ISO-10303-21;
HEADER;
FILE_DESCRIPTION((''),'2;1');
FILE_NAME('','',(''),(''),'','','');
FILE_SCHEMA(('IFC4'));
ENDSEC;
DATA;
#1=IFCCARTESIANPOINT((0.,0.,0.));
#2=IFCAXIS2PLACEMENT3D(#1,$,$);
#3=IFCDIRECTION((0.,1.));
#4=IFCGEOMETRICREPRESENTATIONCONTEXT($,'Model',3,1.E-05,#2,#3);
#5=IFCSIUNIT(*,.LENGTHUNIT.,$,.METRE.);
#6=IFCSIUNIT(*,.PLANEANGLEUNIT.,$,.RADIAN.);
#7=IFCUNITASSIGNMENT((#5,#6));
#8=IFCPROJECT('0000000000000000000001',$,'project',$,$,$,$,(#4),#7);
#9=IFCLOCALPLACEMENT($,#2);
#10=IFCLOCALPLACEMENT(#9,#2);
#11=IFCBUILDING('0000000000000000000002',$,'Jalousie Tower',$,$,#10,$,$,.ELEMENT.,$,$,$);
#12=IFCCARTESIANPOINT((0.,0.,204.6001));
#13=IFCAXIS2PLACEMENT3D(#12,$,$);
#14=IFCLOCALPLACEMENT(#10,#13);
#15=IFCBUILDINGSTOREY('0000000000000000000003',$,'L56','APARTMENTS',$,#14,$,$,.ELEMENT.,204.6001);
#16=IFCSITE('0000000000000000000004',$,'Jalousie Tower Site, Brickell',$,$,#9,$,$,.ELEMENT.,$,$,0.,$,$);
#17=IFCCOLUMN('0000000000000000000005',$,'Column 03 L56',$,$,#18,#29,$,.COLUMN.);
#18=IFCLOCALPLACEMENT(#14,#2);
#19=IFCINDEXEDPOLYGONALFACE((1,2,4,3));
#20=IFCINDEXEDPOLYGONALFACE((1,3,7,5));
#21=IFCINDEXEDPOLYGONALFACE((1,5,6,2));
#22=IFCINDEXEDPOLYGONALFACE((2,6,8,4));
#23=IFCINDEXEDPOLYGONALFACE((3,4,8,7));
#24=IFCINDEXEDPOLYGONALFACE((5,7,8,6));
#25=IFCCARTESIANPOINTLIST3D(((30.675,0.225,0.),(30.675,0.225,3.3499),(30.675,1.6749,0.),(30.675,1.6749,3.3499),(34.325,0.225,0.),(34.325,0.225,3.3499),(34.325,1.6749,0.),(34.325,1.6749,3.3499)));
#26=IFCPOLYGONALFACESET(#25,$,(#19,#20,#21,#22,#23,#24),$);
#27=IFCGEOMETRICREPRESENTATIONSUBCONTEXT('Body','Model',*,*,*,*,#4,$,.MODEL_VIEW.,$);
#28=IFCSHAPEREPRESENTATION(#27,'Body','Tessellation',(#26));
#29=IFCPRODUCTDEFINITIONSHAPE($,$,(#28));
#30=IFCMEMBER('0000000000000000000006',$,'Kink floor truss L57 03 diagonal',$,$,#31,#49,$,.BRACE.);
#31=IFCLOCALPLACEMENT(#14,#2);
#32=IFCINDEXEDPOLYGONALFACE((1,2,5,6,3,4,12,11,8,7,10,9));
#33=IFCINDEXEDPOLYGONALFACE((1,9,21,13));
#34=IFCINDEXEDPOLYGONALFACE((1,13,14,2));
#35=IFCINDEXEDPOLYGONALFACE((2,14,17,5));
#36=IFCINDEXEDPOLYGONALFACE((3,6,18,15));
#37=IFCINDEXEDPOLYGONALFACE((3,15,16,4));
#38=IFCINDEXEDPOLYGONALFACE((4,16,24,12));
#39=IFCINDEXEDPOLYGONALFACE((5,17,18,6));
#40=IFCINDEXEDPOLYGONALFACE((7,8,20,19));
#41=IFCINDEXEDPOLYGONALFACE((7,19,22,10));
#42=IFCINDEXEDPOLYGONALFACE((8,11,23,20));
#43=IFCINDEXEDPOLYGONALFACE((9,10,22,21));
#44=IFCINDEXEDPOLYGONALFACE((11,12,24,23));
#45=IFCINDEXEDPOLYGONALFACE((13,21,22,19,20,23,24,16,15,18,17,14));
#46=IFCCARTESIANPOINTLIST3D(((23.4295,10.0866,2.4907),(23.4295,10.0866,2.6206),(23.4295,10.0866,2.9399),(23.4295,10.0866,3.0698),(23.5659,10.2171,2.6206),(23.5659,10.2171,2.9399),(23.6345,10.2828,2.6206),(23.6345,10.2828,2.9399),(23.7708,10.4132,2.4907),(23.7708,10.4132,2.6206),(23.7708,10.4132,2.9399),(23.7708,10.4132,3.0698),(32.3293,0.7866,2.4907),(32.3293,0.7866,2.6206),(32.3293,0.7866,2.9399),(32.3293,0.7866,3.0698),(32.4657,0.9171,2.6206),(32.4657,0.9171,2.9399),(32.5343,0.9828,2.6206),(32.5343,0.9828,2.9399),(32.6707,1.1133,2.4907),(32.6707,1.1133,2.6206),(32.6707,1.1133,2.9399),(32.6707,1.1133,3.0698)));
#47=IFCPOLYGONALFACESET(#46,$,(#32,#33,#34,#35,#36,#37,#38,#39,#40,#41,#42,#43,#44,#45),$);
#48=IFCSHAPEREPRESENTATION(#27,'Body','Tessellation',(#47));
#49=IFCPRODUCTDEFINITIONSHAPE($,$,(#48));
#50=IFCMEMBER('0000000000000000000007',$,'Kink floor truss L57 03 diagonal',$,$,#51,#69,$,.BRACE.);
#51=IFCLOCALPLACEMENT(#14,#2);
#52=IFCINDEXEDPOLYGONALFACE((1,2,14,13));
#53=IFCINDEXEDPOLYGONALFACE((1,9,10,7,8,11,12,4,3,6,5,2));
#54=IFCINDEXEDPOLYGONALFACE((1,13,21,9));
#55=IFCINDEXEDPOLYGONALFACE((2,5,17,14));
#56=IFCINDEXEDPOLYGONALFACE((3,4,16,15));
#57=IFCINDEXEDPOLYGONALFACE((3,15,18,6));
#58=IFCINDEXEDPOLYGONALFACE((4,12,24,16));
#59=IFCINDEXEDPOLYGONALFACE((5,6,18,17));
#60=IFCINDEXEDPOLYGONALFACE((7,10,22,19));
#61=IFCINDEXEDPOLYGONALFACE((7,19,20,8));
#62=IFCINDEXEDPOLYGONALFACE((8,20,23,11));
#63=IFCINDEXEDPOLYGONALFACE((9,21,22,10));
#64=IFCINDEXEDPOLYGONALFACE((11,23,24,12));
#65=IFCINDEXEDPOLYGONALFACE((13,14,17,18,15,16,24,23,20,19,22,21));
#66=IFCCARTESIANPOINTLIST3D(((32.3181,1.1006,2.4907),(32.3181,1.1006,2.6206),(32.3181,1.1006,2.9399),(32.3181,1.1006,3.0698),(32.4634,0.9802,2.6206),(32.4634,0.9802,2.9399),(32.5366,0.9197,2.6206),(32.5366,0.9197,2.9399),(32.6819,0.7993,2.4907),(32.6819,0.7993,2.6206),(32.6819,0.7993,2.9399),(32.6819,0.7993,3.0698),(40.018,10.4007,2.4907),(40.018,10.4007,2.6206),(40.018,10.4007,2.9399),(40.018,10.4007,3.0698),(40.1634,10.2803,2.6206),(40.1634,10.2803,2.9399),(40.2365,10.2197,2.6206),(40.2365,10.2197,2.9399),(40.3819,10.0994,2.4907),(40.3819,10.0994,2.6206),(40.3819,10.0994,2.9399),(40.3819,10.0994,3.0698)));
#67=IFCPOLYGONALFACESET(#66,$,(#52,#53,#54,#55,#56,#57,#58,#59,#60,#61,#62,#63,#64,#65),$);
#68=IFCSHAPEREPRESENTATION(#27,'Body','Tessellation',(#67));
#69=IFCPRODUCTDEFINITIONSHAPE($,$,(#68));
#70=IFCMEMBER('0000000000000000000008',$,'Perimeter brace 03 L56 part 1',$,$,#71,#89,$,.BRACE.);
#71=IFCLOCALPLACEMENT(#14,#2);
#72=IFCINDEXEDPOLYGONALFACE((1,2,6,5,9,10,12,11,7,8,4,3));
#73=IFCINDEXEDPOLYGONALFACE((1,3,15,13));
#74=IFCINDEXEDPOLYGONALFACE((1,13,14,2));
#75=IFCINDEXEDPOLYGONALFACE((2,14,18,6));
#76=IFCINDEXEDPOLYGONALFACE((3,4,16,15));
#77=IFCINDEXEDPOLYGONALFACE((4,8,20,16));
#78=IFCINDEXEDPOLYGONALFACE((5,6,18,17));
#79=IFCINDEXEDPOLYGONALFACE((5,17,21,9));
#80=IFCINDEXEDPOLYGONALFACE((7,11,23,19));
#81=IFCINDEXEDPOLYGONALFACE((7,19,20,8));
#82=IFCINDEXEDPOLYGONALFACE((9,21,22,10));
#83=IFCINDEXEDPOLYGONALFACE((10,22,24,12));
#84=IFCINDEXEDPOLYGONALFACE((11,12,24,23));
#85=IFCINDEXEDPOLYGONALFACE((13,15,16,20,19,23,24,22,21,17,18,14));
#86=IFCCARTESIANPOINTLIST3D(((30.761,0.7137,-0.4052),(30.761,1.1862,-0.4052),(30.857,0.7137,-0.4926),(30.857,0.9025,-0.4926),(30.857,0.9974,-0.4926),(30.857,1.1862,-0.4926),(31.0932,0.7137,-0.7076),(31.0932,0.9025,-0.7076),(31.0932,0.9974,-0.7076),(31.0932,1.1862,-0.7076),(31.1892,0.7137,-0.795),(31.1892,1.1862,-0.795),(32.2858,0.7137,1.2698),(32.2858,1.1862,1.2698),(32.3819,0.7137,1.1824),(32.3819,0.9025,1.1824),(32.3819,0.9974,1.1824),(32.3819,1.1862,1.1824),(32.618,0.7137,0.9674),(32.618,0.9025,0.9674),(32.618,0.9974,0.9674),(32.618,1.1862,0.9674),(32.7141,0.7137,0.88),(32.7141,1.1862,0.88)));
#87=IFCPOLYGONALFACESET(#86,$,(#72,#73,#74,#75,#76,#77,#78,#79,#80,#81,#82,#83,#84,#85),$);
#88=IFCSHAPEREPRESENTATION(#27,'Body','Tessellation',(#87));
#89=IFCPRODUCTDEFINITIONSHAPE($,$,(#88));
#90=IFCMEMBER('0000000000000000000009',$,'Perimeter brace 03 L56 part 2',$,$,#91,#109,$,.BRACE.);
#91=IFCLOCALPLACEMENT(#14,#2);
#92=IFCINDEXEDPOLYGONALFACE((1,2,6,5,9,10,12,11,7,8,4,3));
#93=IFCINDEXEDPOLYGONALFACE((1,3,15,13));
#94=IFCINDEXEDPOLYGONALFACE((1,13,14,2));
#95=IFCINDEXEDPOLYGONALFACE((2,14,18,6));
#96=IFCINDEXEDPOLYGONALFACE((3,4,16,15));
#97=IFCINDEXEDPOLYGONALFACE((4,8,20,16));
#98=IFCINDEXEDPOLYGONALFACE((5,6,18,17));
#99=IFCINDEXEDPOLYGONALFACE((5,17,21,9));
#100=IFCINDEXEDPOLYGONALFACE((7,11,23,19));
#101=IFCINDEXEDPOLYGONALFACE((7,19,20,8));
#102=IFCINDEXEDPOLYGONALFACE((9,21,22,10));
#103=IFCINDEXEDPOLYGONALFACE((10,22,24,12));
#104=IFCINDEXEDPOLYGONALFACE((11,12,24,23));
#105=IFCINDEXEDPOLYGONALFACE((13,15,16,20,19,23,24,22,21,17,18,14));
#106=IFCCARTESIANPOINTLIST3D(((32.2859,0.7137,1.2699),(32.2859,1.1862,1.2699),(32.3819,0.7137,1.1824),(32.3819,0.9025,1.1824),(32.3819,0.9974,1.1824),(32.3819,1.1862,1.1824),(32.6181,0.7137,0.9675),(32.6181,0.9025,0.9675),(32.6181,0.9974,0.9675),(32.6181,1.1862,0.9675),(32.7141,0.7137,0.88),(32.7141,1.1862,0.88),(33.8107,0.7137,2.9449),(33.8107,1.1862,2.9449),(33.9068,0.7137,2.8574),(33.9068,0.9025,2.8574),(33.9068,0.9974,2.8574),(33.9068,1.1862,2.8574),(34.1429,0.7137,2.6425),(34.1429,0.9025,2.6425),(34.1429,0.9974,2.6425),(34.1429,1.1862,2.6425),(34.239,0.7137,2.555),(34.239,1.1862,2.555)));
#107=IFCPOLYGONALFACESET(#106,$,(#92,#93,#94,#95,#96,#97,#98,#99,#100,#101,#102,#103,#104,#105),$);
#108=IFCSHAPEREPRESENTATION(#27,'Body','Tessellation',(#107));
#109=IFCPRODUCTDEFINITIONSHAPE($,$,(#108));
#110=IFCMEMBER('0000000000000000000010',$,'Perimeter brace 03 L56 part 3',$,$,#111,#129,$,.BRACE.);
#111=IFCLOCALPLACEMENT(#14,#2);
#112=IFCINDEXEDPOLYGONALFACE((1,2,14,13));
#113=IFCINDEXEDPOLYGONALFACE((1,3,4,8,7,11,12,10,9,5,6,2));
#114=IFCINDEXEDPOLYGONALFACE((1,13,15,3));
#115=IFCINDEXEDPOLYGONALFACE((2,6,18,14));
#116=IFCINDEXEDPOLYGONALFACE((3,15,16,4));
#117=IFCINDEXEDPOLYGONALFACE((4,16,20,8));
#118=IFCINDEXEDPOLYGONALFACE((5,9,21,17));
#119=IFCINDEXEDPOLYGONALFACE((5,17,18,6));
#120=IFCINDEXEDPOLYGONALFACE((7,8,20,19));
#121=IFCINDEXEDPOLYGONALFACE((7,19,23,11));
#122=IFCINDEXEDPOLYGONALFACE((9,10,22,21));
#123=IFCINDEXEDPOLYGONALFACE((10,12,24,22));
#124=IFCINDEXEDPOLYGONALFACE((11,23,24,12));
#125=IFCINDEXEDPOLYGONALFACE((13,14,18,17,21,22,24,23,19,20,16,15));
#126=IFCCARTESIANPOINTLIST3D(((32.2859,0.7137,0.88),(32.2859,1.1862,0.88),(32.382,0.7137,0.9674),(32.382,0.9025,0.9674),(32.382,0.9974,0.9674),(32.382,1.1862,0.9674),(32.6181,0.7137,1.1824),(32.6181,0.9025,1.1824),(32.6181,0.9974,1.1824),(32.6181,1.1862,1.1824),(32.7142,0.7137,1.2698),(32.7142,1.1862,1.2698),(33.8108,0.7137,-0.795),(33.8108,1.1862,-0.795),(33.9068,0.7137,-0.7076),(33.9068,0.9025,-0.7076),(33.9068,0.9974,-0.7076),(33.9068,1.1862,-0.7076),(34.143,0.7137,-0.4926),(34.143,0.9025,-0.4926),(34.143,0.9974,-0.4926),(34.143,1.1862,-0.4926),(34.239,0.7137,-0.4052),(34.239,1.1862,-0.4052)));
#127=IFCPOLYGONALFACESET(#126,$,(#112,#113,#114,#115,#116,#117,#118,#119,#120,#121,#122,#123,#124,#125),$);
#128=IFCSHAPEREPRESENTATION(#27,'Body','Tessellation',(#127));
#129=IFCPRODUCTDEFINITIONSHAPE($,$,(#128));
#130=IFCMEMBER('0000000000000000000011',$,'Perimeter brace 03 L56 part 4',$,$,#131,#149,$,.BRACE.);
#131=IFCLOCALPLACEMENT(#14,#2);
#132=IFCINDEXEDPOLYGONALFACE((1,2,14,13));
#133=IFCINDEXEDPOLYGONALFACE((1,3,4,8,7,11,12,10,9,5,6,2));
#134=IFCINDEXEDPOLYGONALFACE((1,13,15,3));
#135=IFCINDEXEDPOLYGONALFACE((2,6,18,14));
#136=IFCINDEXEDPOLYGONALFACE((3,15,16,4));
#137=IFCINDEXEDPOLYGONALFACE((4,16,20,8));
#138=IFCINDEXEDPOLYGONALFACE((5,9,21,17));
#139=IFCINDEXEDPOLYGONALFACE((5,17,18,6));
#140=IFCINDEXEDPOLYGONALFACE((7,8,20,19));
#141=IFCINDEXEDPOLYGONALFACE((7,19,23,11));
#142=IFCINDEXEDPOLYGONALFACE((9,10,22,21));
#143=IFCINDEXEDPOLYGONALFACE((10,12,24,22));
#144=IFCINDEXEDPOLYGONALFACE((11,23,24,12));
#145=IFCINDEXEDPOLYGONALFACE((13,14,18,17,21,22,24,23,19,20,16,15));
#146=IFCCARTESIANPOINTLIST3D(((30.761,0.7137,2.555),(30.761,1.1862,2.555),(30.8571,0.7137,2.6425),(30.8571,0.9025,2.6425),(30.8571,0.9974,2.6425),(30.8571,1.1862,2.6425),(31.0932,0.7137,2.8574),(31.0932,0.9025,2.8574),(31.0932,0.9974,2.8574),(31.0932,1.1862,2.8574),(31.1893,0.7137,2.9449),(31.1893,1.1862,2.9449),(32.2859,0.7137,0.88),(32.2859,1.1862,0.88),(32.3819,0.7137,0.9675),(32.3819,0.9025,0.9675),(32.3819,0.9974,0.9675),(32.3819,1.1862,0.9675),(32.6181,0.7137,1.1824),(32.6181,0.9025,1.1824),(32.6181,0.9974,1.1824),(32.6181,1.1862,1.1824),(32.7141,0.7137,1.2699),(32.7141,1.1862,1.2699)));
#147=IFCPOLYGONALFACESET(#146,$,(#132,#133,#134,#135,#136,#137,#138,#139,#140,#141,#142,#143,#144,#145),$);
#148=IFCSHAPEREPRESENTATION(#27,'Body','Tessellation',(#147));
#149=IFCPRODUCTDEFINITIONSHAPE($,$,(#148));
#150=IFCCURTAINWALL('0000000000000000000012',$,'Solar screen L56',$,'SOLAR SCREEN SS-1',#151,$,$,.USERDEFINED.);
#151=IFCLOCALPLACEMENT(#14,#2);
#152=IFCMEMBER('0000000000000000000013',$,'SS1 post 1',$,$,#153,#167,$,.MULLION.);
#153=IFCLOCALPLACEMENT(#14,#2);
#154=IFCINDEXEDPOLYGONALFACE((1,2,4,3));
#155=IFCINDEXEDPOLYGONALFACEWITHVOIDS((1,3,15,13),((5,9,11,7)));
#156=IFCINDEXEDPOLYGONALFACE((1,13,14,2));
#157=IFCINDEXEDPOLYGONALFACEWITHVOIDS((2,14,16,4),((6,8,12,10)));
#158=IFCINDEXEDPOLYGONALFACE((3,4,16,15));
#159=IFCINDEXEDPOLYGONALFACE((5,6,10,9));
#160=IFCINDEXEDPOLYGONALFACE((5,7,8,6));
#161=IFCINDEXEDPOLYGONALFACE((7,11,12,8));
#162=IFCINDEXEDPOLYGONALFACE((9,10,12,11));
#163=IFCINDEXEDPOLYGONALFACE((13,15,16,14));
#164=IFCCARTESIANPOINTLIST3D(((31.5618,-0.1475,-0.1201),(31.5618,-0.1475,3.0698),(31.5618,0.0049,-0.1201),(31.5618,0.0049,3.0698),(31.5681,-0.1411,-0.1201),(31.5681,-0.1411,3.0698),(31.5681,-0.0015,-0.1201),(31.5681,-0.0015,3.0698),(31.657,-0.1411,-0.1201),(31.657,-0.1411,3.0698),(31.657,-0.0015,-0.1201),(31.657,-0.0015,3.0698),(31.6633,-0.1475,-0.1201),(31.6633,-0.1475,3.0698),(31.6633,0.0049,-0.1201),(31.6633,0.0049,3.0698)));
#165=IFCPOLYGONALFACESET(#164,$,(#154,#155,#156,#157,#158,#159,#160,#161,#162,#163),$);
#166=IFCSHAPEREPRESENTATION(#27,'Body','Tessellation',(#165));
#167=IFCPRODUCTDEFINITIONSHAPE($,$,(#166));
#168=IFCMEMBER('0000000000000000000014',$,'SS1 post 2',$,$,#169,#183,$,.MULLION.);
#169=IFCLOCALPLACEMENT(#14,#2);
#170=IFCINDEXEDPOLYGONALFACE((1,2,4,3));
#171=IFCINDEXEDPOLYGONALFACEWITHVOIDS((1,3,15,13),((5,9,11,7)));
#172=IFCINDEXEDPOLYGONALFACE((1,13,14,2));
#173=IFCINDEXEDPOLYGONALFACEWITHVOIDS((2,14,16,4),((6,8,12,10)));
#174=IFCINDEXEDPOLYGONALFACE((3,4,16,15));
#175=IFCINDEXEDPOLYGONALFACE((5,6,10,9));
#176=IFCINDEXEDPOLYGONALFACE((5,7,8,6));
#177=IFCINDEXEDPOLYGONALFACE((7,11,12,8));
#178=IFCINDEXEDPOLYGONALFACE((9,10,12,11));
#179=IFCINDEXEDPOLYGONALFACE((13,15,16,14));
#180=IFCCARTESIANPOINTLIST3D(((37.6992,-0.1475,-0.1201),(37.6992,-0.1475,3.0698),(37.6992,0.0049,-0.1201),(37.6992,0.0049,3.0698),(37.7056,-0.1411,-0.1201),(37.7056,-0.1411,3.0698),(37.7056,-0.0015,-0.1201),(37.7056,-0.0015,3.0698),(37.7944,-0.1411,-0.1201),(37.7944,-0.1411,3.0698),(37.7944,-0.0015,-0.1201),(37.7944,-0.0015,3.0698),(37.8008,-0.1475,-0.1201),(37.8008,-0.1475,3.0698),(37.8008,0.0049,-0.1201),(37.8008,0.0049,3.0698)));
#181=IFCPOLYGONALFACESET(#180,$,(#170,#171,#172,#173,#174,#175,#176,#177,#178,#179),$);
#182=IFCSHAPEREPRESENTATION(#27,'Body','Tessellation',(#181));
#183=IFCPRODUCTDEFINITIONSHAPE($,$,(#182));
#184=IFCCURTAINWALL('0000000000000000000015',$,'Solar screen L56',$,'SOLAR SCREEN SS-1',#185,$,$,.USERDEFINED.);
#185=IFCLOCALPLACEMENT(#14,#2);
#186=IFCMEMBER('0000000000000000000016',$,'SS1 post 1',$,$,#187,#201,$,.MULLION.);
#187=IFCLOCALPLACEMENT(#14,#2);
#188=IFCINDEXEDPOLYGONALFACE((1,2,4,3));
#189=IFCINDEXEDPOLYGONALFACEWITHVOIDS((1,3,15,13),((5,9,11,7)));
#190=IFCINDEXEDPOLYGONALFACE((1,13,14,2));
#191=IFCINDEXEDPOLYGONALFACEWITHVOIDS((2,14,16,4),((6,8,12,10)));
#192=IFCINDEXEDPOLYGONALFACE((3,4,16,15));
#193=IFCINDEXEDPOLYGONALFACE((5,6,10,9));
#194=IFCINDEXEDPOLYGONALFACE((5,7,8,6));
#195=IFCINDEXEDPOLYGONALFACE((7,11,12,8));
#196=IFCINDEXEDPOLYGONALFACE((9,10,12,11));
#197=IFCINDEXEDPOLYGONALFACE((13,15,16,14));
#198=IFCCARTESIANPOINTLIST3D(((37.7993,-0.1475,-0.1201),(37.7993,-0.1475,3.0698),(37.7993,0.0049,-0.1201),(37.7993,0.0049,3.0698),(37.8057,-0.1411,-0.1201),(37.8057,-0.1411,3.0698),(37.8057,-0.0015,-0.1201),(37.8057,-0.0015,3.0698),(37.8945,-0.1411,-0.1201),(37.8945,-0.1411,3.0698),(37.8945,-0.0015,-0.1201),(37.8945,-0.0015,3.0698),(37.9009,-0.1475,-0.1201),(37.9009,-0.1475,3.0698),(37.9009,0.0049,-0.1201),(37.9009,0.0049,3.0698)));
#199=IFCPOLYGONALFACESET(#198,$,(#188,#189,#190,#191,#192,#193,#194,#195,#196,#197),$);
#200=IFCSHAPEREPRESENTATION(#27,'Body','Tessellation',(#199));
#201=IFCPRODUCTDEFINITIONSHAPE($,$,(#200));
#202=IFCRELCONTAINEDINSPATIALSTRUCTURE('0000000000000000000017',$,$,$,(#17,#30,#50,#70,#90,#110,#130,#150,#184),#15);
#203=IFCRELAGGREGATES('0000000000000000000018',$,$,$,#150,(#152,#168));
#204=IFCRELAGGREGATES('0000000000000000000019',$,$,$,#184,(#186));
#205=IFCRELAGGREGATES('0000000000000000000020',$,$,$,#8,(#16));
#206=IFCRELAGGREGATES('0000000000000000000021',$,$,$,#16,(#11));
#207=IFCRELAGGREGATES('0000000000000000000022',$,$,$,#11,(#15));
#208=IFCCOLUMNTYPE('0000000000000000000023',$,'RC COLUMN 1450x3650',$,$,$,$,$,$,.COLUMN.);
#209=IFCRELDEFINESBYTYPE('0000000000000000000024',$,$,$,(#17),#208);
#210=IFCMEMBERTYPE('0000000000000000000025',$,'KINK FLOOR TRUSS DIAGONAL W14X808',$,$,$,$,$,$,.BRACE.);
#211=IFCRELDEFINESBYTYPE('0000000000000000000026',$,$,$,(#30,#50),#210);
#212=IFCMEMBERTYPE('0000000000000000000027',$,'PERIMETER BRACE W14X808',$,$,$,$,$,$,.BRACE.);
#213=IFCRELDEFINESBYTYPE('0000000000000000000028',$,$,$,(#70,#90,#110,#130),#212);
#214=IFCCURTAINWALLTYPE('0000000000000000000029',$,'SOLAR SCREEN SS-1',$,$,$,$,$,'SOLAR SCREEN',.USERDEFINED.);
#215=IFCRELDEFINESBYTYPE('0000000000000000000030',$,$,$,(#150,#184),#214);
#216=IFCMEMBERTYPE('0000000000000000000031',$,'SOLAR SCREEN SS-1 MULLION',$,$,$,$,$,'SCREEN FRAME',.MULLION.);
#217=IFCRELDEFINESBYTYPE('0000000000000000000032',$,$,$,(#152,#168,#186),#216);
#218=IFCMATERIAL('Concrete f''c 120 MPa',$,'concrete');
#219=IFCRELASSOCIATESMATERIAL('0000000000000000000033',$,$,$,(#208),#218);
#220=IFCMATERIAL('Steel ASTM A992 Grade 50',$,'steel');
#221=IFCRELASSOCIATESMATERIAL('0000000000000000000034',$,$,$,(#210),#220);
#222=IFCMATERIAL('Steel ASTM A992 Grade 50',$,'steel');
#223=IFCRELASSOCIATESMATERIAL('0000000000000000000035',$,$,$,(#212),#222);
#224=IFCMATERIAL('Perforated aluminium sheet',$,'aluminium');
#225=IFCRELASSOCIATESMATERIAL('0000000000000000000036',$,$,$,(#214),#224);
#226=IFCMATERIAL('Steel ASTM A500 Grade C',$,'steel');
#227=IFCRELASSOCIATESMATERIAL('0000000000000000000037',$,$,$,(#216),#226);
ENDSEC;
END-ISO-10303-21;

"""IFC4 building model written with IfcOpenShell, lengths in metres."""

from ifc_helpers import new_model, si_unit, direction, frame, origin, origin_2d, place, context, subcontext, project, spatial, rectangle, hollow_rectangle, i_section, extrude, material, material_profile, profile_set, type_object, element, aggregate, save


model = new_model("IFC4")

# Units and contexts
model_context = context("Model", 3, precision=1e-05, world=origin(), true_north=direction((0.0, 1.0)))
body_context = subcontext(model_context, "Body", "Model", "MODEL_VIEW")
ifc_project = project(units=[si_unit("LENGTHUNIT", "METRE"), si_unit("PLANEANGLEUNIT", "RADIAN")], contexts=[model_context])

# Site, building, storey
site_placement = place(None, origin())
site = spatial("IfcSite", under=ifc_project, at=site_placement, Name="Jalousie Tower Site, Brickell", CompositionType="ELEMENT", RefElevation=0.0)
building_placement = place(site_placement, origin())
building = spatial("IfcBuilding", under=site, at=building_placement, Name="Jalousie Tower", CompositionType="ELEMENT")
storey_placement = place(building_placement, frame((0.0, 0.0, 204.6001)))
storey = spatial("IfcBuildingStorey", under=building, at=storey_placement, Name="L56", Description="APARTMENTS", CompositionType="ELEMENT", Elevation=204.6001)

# Column
ifc_material_1 = material(Name="Concrete f'c 120 MPa", Category="concrete")
ifc_material_profile_1 = material_profile(ifc_material_1, rectangle(XDim=1.45, YDim=3.6499, at=origin_2d()), Name="RC 1450x3650")
ifc_profile_set_1 = profile_set([ifc_material_profile_1], Name="Concrete f'c 120 MPa")
column_type = type_object("IfcColumnType", Name="RC COLUMN 1450x3650", PredefinedType="COLUMN", material=ifc_profile_set_1)
column_placement = place(storey_placement, frame((32.5, 0.95, 0.0), z_axis=(0.0, 0.0, 1.0), x_axis=(0.0, 1.0, 0.0)))
element("IfcColumn", 1, at=column_placement, inside=storey, type_object=column_type, Name="Column 03 L56", PredefinedType="COLUMN", context=body_context, shape_type="SweptSolid", body=[
    extrude(rectangle(XDim=1.45, YDim=3.6499, at=origin_2d()), origin(), (0.0, 0.0, 1.0), 3.3499),
])

# Members
ifc_material_2 = material(Name="Steel ASTM A992 Grade 50", Category="steel")
ifc_material_profile_2 = material_profile(ifc_material_2, i_section(OverallWidth=0.4724, OverallDepth=0.5791, WebThickness=0.095, FlangeThickness=0.1299, at=origin_2d()), Name="W14X808")
ifc_profile_set_2 = profile_set([ifc_material_profile_2], Name="Steel ASTM A992 Grade 50")
member_type_1 = type_object("IfcMemberType", Name="KINK FLOOR TRUSS DIAGONAL W14X808", PredefinedType="BRACE", material=ifc_profile_set_2)
member_1_placement = place(storey_placement, frame((32.5, 0.95, 2.7803), z_axis=(-0.691393, 0.722479, 0.0), x_axis=(-0.722479, -0.691393, 0.0)))
element("IfcMember", 2, at=member_1_placement, inside=storey, type_object=member_type_1, Name="Kink floor truss L57 03 diagonal", PredefinedType="BRACE", context=body_context, shape_type="SweptSolid", body=[
    extrude(i_section(OverallWidth=0.4724, OverallDepth=0.5791, WebThickness=0.095, FlangeThickness=0.1299, at=origin_2d()), origin(), (0.0, 0.0, 1.0), 12.8723),
])
member_2_placement = place(storey_placement, frame((32.5, 0.95, 2.7803), z_axis=(0.637733, 0.770258, 0.0), x_axis=(-0.770258, 0.637733, 0.0)))
element("IfcMember", 3, at=member_2_placement, inside=storey, type_object=member_type_1, Name="Kink floor truss L57 03 diagonal", PredefinedType="BRACE", context=body_context, shape_type="SweptSolid", body=[
    extrude(i_section(OverallWidth=0.4724, OverallDepth=0.5791, WebThickness=0.095, FlangeThickness=0.1299, at=origin_2d()), origin(), (0.0, 0.0, 1.0), 12.074),
])
ifc_material_3 = material(Name="Steel ASTM A992 Grade 50", Category="steel")
ifc_material_profile_3 = material_profile(ifc_material_3, i_section(OverallWidth=0.4724, OverallDepth=0.5791, WebThickness=0.095, FlangeThickness=0.1299, at=origin_2d()), Name="W14X808")
ifc_profile_set_3 = profile_set([ifc_material_profile_3], Name="Steel ASTM A992 Grade 50")
member_type_2 = type_object("IfcMemberType", Name="PERIMETER BRACE W14X808", PredefinedType="BRACE", material=ifc_profile_set_3)
for number, where, z_axis, x_axis, name in (
    (4, (30.9751, 0.95, -0.6001), (0.673188, 0.0, 0.739472), (0.0, 1.0, 0.0), "Perimeter brace 03 L56 part 1"),
    (5, (32.5, 0.95, 1.075), (0.673188, 0.0, 0.739472), (0.0, 1.0, 0.0), "Perimeter brace 03 L56 part 2"),
    (6, (34.0249, 0.95, -0.6001), (-0.673188, 0.0, 0.739472), (0.0, -1.0, 0.0), "Perimeter brace 03 L56 part 3"),
    (7, (32.5, 0.95, 1.075), (-0.673188, 0.0, 0.739472), (0.0, -1.0, 0.0), "Perimeter brace 03 L56 part 4"),
):
    element("IfcMember", number, at=place(storey_placement, frame(where, z_axis=z_axis, x_axis=x_axis)), inside=storey, type_object=member_type_2, Name=name, PredefinedType="BRACE", context=body_context, shape_type="SweptSolid", body=[
        extrude(i_section(OverallWidth=0.4724, OverallDepth=0.5791, WebThickness=0.095, FlangeThickness=0.1299, at=origin_2d()), origin(), (0.0, 0.0, 1.0), 2.2651),
    ])

# Curtain walls, members
ifc_material_4 = material(Name="Perforated aluminium sheet", Category="aluminium")
curtain_wall_type = type_object("IfcCurtainWallType", Name="SOLAR SCREEN SS-1", ElementType="SOLAR SCREEN", PredefinedType="USERDEFINED", material=ifc_material_4)
curtain_wall_1_placement = place(storey_placement, origin())
curtain_wall_1 = element("IfcCurtainWall", 8, at=curtain_wall_1_placement, inside=storey, type_object=curtain_wall_type, Name="Solar screen L56", ObjectType="SOLAR SCREEN SS-1", PredefinedType="USERDEFINED")
ifc_material_5 = material(Name="Steel ASTM A500 Grade C", Category="steel")
ifc_material_profile_4 = material_profile(ifc_material_5, hollow_rectangle(XDim=0.1016, YDim=0.1523, WallThickness=0.0063, at=origin_2d()), Name="HSS6X4X1/4")
ifc_profile_set_4 = profile_set([ifc_material_profile_4], Name="Steel ASTM A500 Grade C")
member_type_3 = type_object("IfcMemberType", Name="SOLAR SCREEN SS-1 MULLION", ElementType="SCREEN FRAME", PredefinedType="MULLION", material=ifc_profile_set_4)
member_3_placement = place(storey_placement, frame((31.6125, -0.0713, -0.1201), z_axis=(0.0, 0.0, 1.0), x_axis=(1.0, 0.0, 0.0)))
member_3 = element("IfcMember", 9, at=member_3_placement, type_object=member_type_3, Name="SS1 post 1", PredefinedType="MULLION", context=body_context, shape_type="SweptSolid", body=[
    extrude(hollow_rectangle(XDim=0.1016, YDim=0.1523, WallThickness=0.0063, at=origin_2d()), origin(), (0.0, 0.0, 1.0), 3.1899),
])
member_4_placement = place(storey_placement, frame((37.75, -0.0713, -0.1201), z_axis=(0.0, 0.0, 1.0), x_axis=(1.0, 0.0, 0.0)))
member_4 = element("IfcMember", 10, at=member_4_placement, type_object=member_type_3, Name="SS1 post 2", PredefinedType="MULLION", context=body_context, shape_type="SweptSolid", body=[
    extrude(hollow_rectangle(XDim=0.1016, YDim=0.1523, WallThickness=0.0063, at=origin_2d()), origin(), (0.0, 0.0, 1.0), 3.1899),
])
curtain_wall_2_placement = place(storey_placement, origin())
curtain_wall_2 = element("IfcCurtainWall", 11, at=curtain_wall_2_placement, inside=storey, type_object=curtain_wall_type, Name="Solar screen L56", ObjectType="SOLAR SCREEN SS-1", PredefinedType="USERDEFINED")
member_5_placement = place(storey_placement, frame((37.8501, -0.0713, -0.1201), z_axis=(0.0, 0.0, 1.0), x_axis=(1.0, 0.0, 0.0)))
member_5 = element("IfcMember", 12, at=member_5_placement, type_object=member_type_3, Name="SS1 post 1", PredefinedType="MULLION", context=body_context, shape_type="SweptSolid", body=[
    extrude(hollow_rectangle(XDim=0.1016, YDim=0.1523, WallThickness=0.0063, at=origin_2d()), origin(), (0.0, 0.0, 1.0), 3.1899),
])

aggregate(curtain_wall_1, [member_3, member_4])
aggregate(curtain_wall_2, [member_5])

save(model, "model.ifc")
